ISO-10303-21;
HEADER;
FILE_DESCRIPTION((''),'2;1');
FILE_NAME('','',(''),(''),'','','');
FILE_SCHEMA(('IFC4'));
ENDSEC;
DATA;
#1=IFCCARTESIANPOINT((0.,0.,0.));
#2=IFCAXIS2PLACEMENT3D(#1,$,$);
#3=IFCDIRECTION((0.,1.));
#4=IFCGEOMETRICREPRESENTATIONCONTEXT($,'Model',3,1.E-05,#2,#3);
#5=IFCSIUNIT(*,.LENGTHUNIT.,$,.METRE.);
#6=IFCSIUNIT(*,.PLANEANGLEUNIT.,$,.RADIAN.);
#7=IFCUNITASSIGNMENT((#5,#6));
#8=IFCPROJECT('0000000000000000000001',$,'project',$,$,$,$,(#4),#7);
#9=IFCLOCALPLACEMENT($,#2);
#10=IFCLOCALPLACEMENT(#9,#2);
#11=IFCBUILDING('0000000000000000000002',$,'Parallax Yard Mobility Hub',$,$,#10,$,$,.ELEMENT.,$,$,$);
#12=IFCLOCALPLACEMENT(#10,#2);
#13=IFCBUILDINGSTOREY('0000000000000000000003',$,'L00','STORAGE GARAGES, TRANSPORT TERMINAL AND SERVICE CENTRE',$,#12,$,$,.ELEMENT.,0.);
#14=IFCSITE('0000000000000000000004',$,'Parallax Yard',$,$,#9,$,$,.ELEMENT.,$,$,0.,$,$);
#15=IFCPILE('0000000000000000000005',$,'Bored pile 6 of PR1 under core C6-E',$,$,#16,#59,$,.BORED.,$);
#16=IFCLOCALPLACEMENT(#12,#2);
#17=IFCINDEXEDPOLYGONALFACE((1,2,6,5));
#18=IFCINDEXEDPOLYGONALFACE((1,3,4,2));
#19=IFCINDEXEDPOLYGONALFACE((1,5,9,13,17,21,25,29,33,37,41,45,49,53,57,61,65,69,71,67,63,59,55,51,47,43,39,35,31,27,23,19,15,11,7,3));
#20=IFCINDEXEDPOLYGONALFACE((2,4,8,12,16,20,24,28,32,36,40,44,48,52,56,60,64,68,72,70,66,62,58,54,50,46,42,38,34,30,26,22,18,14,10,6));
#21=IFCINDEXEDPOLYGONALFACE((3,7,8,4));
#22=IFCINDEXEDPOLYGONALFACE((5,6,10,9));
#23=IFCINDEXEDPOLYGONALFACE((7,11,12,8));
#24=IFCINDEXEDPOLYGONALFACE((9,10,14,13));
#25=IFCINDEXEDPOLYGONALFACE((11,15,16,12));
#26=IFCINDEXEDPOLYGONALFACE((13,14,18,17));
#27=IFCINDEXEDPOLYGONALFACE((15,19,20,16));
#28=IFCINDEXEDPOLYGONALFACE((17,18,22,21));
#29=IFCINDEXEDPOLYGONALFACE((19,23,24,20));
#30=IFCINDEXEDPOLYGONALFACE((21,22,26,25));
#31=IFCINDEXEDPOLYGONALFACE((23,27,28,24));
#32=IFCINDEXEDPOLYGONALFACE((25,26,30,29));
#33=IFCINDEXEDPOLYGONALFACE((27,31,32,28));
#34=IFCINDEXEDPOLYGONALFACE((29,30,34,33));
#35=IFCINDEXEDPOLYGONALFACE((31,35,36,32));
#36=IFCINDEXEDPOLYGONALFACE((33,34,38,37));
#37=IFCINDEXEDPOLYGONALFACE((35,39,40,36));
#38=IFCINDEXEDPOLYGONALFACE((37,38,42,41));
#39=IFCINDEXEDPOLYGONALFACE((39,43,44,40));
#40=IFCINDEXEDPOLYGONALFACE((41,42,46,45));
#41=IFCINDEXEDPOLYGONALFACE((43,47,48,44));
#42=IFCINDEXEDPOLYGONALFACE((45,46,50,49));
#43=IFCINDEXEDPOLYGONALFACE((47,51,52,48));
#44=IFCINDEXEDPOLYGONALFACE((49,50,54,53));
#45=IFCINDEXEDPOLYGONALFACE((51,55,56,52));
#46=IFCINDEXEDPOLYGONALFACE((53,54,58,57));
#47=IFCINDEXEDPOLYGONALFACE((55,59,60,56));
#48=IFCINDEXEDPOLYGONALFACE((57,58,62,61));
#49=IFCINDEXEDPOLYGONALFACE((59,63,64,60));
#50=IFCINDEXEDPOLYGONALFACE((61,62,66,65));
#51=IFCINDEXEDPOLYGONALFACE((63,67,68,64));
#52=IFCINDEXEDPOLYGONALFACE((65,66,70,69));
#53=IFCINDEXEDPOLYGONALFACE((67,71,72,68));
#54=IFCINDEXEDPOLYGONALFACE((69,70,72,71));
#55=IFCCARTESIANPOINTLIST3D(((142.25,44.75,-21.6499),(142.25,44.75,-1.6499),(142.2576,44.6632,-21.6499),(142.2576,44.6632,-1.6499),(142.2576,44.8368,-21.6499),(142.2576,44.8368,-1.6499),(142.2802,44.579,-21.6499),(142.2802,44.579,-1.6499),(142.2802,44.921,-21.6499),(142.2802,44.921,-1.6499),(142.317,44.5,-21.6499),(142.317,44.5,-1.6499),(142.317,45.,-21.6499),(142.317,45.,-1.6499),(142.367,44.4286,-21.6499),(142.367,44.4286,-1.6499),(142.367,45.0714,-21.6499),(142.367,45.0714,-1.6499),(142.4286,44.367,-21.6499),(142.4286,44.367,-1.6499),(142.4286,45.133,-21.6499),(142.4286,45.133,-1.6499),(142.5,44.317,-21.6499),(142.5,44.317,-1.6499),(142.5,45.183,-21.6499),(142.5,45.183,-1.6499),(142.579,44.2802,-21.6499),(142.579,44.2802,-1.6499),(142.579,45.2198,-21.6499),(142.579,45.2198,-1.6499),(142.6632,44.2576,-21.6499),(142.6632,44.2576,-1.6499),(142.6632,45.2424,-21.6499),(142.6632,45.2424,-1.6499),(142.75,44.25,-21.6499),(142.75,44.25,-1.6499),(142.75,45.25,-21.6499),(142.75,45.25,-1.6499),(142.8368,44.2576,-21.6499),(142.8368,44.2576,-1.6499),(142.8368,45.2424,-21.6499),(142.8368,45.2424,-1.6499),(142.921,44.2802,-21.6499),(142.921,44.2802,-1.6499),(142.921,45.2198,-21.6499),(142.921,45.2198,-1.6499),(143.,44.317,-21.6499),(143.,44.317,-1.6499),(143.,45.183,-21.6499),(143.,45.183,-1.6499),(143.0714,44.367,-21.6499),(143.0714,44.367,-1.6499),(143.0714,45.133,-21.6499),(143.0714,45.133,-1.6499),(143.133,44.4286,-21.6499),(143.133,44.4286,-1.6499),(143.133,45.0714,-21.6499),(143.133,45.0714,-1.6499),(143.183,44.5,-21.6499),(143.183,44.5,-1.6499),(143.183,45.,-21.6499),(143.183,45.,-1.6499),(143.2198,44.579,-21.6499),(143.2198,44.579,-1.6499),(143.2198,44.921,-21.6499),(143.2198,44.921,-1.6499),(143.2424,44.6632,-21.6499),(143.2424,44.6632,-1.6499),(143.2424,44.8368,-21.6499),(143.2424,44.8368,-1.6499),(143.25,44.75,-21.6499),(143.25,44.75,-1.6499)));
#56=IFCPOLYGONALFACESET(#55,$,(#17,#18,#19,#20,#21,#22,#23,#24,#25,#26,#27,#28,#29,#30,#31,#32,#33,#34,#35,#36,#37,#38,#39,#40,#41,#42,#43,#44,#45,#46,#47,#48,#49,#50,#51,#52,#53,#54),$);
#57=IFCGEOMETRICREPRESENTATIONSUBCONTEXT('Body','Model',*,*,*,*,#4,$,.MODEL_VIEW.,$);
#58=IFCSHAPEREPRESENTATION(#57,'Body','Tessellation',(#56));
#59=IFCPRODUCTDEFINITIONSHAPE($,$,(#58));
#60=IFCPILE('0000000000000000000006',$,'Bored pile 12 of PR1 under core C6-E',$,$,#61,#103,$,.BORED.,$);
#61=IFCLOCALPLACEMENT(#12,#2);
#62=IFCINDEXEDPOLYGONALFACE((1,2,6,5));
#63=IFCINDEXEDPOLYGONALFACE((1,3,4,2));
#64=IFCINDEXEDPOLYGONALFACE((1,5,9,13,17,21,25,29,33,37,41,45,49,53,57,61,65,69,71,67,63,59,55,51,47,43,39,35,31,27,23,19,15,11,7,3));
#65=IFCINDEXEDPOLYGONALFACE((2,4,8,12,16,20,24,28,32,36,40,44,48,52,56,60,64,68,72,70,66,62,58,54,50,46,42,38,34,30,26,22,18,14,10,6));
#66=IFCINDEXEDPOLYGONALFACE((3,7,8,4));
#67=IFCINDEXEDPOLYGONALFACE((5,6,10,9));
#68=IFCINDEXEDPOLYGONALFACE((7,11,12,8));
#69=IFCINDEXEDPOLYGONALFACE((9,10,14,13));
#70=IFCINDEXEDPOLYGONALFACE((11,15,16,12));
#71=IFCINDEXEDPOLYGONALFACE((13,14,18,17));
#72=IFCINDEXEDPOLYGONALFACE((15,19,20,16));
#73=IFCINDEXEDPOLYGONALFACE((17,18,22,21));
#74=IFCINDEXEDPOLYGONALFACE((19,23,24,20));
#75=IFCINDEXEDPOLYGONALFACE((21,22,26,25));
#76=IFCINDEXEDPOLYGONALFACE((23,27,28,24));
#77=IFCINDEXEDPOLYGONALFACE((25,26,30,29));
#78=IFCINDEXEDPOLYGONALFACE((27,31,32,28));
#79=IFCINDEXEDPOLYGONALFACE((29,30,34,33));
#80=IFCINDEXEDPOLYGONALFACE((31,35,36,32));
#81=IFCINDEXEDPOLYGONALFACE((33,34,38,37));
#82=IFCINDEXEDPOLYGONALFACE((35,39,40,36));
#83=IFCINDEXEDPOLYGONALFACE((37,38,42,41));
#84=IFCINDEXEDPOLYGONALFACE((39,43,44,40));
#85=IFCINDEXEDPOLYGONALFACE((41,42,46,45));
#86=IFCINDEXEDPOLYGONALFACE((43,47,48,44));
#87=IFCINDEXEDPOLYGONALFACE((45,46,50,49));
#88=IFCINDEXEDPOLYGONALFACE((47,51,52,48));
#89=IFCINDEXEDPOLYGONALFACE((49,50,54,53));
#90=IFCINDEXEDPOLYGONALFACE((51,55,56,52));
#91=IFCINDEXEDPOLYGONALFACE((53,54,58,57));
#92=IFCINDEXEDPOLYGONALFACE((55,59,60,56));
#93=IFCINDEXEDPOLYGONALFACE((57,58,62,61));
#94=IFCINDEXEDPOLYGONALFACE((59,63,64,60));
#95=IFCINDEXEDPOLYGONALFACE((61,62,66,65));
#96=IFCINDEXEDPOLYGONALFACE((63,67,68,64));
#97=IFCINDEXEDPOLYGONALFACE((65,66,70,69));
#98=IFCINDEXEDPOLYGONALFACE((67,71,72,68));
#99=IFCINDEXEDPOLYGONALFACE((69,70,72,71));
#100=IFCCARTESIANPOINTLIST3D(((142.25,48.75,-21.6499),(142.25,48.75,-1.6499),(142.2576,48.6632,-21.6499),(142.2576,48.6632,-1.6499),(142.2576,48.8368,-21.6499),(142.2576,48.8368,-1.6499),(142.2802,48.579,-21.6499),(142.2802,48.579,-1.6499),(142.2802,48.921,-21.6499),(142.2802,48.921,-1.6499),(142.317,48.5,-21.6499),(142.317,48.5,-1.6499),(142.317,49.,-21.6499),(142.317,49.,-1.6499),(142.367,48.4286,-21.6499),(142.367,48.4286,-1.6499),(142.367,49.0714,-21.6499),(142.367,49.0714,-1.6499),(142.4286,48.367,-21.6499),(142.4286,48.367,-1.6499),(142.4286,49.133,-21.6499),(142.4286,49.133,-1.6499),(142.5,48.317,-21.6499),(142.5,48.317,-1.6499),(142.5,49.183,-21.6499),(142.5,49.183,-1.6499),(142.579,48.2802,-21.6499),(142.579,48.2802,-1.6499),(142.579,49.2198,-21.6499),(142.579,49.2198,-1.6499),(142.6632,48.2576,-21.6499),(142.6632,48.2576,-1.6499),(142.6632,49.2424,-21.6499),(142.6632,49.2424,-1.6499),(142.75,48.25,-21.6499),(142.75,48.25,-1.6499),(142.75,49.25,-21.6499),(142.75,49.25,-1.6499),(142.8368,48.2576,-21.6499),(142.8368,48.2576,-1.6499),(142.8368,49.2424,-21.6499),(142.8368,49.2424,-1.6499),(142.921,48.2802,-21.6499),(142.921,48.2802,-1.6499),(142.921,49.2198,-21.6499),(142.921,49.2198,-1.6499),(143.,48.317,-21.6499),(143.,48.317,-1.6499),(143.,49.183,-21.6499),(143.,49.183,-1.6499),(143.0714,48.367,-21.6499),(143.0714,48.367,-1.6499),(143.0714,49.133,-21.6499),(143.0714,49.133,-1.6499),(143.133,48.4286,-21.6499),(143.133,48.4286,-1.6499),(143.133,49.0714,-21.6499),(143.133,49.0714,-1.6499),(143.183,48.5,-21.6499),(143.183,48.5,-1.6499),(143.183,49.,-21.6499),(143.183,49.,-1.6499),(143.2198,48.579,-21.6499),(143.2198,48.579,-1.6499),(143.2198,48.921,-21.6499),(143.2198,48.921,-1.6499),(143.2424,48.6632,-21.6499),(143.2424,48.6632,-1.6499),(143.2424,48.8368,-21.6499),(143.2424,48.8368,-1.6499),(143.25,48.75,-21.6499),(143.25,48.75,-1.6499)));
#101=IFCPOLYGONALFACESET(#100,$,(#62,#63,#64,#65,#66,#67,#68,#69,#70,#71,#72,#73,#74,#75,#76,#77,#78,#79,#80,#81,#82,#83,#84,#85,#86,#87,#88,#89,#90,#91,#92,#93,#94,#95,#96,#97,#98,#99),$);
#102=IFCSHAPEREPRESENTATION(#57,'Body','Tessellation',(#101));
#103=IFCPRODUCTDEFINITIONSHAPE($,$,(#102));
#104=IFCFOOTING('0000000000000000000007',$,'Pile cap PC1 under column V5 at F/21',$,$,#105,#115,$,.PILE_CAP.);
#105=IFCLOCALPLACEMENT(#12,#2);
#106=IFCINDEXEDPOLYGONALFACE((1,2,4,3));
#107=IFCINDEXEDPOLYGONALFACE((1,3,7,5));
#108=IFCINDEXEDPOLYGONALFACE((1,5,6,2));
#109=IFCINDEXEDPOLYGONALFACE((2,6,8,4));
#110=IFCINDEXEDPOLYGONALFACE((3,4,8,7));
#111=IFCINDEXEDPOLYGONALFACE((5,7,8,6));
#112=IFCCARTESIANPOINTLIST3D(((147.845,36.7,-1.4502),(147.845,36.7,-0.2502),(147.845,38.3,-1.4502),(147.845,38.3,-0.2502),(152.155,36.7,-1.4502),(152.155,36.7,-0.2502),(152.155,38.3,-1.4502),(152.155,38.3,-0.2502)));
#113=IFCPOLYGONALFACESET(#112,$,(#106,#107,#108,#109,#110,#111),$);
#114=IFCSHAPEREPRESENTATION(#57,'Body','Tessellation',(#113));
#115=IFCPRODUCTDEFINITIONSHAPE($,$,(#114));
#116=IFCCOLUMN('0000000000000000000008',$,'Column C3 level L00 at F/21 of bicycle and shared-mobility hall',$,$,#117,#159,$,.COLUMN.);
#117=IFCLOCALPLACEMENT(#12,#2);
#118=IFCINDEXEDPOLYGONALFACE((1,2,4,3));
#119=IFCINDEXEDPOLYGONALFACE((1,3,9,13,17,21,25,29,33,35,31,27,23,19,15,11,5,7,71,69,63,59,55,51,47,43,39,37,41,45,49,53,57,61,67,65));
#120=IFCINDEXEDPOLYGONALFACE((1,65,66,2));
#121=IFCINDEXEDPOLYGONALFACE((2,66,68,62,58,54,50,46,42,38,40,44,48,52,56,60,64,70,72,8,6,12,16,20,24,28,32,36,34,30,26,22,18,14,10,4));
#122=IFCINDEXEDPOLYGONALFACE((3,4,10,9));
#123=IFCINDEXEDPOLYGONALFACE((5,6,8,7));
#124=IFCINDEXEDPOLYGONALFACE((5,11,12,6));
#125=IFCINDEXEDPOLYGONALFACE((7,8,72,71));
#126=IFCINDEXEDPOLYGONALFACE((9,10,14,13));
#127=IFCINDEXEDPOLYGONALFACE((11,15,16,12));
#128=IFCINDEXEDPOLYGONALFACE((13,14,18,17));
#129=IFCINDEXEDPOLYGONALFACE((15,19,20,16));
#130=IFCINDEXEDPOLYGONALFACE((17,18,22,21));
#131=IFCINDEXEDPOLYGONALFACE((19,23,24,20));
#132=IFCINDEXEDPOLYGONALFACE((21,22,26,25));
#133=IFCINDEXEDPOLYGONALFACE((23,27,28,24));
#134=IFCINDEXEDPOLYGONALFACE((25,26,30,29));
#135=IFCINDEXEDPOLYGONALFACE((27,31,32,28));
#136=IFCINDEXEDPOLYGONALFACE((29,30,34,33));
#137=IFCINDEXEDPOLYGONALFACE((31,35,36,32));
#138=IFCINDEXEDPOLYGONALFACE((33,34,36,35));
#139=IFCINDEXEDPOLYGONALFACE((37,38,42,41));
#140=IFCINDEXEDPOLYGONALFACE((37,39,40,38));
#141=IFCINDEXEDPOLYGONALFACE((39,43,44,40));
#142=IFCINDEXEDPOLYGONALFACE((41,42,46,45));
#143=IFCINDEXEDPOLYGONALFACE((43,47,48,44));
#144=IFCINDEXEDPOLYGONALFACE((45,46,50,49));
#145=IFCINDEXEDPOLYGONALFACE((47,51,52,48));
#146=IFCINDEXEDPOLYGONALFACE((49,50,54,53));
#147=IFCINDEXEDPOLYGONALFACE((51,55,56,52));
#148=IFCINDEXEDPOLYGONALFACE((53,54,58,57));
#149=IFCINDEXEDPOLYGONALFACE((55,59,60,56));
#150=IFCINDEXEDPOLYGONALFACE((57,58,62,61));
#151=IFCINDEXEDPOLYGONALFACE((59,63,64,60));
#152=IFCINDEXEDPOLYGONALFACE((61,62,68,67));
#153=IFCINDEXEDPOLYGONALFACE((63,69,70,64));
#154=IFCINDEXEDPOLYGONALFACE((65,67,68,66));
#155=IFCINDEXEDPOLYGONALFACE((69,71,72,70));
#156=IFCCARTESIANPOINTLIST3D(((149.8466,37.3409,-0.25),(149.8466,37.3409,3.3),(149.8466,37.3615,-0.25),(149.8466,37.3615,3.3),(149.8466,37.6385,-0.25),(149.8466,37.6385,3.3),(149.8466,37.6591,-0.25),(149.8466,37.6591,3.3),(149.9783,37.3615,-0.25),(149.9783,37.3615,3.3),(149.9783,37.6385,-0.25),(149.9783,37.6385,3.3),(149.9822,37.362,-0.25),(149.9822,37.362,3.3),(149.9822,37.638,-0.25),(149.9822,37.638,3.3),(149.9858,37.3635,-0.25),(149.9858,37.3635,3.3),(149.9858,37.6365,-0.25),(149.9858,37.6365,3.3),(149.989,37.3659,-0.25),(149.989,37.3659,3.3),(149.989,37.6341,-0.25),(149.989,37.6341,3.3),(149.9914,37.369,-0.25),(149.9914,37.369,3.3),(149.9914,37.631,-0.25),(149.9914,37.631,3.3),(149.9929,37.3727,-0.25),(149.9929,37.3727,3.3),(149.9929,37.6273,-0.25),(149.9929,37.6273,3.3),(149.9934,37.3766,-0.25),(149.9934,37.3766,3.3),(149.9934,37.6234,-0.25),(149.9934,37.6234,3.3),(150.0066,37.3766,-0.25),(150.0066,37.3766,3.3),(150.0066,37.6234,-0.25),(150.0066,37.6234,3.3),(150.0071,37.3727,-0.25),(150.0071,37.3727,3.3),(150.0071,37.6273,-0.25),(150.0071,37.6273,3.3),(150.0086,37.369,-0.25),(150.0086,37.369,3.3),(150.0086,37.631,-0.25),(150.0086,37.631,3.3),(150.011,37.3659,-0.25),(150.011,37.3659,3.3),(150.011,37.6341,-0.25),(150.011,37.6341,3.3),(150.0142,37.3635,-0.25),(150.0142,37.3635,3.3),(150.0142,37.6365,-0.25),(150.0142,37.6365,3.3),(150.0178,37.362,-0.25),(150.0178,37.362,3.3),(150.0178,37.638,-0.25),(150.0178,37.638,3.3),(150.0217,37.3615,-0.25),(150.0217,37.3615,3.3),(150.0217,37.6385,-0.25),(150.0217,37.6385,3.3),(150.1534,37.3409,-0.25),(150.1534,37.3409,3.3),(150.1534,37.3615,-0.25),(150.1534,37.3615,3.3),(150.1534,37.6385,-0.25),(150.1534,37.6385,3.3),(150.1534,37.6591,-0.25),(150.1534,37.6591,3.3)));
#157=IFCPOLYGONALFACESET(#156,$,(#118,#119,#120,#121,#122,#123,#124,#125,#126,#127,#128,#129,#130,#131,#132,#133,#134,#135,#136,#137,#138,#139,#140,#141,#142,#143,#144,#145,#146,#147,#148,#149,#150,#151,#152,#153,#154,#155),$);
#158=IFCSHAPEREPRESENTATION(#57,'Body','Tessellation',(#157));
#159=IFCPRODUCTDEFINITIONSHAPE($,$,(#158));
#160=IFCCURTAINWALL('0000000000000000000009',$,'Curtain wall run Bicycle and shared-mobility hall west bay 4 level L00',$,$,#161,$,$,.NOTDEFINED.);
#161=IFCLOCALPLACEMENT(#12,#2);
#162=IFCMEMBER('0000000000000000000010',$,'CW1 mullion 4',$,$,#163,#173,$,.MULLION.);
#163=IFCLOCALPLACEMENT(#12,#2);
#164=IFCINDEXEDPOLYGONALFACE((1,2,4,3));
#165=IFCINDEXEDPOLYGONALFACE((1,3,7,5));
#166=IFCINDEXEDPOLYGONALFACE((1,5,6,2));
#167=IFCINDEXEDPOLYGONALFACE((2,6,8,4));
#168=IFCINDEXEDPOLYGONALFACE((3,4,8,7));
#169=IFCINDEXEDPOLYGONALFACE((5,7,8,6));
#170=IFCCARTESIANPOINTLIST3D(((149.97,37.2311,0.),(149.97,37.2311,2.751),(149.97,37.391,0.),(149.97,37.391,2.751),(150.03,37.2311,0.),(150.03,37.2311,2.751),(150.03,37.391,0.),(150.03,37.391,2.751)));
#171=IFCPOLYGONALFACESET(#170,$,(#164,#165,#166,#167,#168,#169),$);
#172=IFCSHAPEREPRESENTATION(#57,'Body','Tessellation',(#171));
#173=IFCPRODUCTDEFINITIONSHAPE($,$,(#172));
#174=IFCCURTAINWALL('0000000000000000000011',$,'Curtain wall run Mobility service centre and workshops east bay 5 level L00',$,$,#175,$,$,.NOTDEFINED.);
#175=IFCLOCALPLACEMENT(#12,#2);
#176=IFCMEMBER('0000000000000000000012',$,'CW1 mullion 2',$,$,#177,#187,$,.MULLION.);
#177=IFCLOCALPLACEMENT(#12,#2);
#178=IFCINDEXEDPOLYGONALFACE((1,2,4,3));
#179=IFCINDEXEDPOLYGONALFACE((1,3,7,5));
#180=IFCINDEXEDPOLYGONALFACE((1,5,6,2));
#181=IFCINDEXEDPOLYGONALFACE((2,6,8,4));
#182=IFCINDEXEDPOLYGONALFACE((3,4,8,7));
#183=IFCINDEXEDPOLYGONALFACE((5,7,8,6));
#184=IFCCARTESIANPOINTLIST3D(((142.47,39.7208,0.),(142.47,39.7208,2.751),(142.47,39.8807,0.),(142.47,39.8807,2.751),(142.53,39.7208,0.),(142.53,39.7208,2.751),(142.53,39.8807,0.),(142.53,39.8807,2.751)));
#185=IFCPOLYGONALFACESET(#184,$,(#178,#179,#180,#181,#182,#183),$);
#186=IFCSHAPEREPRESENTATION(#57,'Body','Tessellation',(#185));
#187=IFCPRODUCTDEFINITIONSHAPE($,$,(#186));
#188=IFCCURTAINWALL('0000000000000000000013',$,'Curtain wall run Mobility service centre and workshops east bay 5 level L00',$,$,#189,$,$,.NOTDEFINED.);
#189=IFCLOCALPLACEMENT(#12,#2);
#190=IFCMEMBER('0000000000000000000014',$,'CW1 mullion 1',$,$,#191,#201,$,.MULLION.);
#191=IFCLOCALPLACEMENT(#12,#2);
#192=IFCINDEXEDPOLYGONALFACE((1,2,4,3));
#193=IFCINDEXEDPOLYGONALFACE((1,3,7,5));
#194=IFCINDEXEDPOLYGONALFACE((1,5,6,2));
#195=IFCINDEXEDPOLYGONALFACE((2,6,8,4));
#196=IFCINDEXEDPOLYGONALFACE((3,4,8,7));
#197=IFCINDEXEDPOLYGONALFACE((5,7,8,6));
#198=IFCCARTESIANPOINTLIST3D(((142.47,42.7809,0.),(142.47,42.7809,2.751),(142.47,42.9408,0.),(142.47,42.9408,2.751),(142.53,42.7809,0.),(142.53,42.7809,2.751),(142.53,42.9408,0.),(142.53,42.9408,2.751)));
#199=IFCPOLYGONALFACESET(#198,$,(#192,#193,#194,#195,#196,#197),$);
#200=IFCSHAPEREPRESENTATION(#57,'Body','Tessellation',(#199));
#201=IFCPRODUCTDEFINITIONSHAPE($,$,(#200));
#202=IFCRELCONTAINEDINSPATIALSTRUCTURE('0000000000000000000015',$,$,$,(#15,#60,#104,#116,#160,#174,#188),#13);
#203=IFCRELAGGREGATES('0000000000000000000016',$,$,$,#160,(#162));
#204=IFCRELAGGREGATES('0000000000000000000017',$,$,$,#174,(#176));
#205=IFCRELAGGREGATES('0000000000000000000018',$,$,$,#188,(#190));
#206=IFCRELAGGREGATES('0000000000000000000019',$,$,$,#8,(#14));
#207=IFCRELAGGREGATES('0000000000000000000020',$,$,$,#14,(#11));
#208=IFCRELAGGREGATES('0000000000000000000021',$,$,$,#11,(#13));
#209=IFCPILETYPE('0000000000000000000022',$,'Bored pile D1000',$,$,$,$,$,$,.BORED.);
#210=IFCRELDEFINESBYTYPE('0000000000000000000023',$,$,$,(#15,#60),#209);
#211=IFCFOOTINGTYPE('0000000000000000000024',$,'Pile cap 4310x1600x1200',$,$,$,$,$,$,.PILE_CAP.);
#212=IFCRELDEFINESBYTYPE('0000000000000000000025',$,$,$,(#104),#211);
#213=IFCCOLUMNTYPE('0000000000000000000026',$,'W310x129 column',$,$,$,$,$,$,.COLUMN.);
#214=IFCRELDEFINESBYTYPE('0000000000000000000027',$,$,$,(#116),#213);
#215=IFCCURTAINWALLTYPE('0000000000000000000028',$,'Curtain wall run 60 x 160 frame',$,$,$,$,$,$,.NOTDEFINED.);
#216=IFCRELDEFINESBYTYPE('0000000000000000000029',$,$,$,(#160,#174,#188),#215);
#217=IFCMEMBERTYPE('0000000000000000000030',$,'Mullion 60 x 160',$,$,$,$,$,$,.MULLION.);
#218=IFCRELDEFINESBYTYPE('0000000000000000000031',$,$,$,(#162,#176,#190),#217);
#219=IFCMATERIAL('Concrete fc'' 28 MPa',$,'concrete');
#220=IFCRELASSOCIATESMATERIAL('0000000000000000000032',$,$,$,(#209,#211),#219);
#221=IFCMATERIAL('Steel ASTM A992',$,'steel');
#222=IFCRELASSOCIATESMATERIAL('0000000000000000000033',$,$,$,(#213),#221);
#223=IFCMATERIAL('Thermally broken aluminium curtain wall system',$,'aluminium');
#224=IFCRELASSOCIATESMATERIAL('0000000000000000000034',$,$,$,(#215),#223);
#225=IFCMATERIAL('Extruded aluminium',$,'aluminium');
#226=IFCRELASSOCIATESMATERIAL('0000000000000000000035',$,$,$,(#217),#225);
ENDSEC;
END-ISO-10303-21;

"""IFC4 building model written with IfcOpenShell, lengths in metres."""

from ifc_helpers import new_model, si_unit, direction, frame, origin, origin_2d, place, context, subcontext, project, spatial, rectangle, circle, i_section, extrude, material, material_profile, profile_set, type_object, element, aggregate, save


model = new_model("IFC4")

# Units and contexts
model_context = context("Model", 3, precision=1e-05, world=origin(), true_north=direction((0.0, 1.0)))
body_context = subcontext(model_context, "Body", "Model", "MODEL_VIEW")
ifc_project = project(units=[si_unit("LENGTHUNIT", "METRE"), si_unit("PLANEANGLEUNIT", "RADIAN")], contexts=[model_context])

# Site, building, storey
site_placement = place(None, origin())
site = spatial("IfcSite", under=ifc_project, at=site_placement, Name="Parallax Yard", CompositionType="ELEMENT", RefElevation=0.0)
building_placement = place(site_placement, origin())
building = spatial("IfcBuilding", under=site, at=building_placement, Name="Parallax Yard Mobility Hub", CompositionType="ELEMENT")
storey_placement = place(building_placement, origin())
storey = spatial("IfcBuildingStorey", under=building, at=storey_placement, Name="L00", Description="STORAGE GARAGES, TRANSPORT TERMINAL AND SERVICE CENTRE", CompositionType="ELEMENT", Elevation=0.0)

# Piles
ifc_material_1 = material(Name="Concrete fc' 28 MPa", Category="concrete")
ifc_material_profile_1 = material_profile(ifc_material_1, circle(Radius=0.5, at=origin_2d()), Name="Bored pile D1000")
ifc_profile_set_1 = profile_set([ifc_material_profile_1], Name="Concrete fc' 28 MPa")
pile_type = type_object("IfcPileType", Name="Bored pile D1000", PredefinedType="BORED", material=ifc_profile_set_1)
for number, where, z_axis, x_axis, name in (
    (1, (142.75, 44.75, -1.6499), (0.0, 0.0, -1.0), (1.0, 0.0, 0.0), "Bored pile 6 of PR1 under core C6-E"),
    (2, (142.75, 48.75, -1.6499), (0.0, 0.0, -1.0), (1.0, 0.0, 0.0), "Bored pile 12 of PR1 under core C6-E"),
):
    element("IfcPile", number, at=place(storey_placement, frame(where, z_axis=z_axis, x_axis=x_axis)), inside=storey, type_object=pile_type, Name=name, PredefinedType="BORED", context=body_context, shape_type="SweptSolid", body=[
        extrude(circle(Radius=0.5, at=origin_2d()), origin(), (0.0, 0.0, 1.0), 20.0),
    ])

# Footing
footing_type = type_object("IfcFootingType", Name="Pile cap 4310x1600x1200", PredefinedType="PILE_CAP", material=ifc_material_1)
footing_placement = place(storey_placement, frame((150.0, 37.5, -1.4502), z_axis=(0.0, 0.0, 1.0), x_axis=(1.0, 0.0, 0.0)))
element("IfcFooting", 3, at=footing_placement, inside=storey, type_object=footing_type, Name="Pile cap PC1 under column V5 at F/21", PredefinedType="PILE_CAP", context=body_context, shape_type="SweptSolid", body=[
    extrude(rectangle(XDim=4.3101, YDim=1.6001, at=origin_2d()), origin(), (0.0, 0.0, 1.0), 1.2),
])

# Column
ifc_material_2 = material(Name="Steel ASTM A992", Category="steel")
ifc_material_profile_2 = material_profile(ifc_material_2, i_section(OverallWidth=0.3069, OverallDepth=0.3181, WebThickness=0.0132, FlangeThickness=0.0205, FilletRadius=0.0151, at=origin_2d()), Name="W310x129")
ifc_profile_set_2 = profile_set([ifc_material_profile_2], Name="Steel ASTM A992")
column_type = type_object("IfcColumnType", Name="W310x129 column", PredefinedType="COLUMN", material=ifc_profile_set_2)
column_placement = place(storey_placement, frame((150.0, 37.5, -0.25), z_axis=(0.0, 0.0, 1.0), x_axis=(1.0, 0.0, 0.0)))
element("IfcColumn", 4, at=column_placement, inside=storey, type_object=column_type, Name="Column C3 level L00 at F/21 of bicycle and shared-mobility hall", PredefinedType="COLUMN", context=body_context, shape_type="SweptSolid", body=[
    extrude(i_section(OverallWidth=0.3069, OverallDepth=0.3181, WebThickness=0.0132, FlangeThickness=0.0205, FilletRadius=0.0151, at=origin_2d()), origin(), (0.0, 0.0, 1.0), 3.55),
])

# Curtain walls, members
ifc_material_3 = material(Name="Thermally broken aluminium curtain wall system", Category="aluminium")
curtain_wall_type = type_object("IfcCurtainWallType", Name="Curtain wall run 60 x 160 frame", PredefinedType="NOTDEFINED", material=ifc_material_3)
curtain_wall_1_placement = place(storey_placement, origin())
curtain_wall_1 = element("IfcCurtainWall", 5, at=curtain_wall_1_placement, inside=storey, type_object=curtain_wall_type, Name="Curtain wall run Bicycle and shared-mobility hall west bay 4 level L00", PredefinedType="NOTDEFINED")
ifc_material_4 = material(Name="Extruded aluminium", Category="aluminium")
ifc_material_profile_3 = material_profile(ifc_material_4, rectangle(XDim=0.0601, YDim=0.1599, at=origin_2d()), Name="Mullion 60 x 160")
ifc_profile_set_3 = profile_set([ifc_material_profile_3], Name="Extruded aluminium")
member_type_1 = type_object("IfcMemberType", Name="Mullion 60 x 160", PredefinedType="MULLION", material=ifc_profile_set_3)
member_1_placement = place(storey_placement, frame((150.0, 37.311, 0.0), z_axis=(0.0, 0.0, 1.0), x_axis=(-1.0, 0.0, 0.0)))
member_1 = element("IfcMember", 6, at=member_1_placement, type_object=member_type_1, Name="CW1 mullion 4", PredefinedType="MULLION", context=body_context, shape_type="SweptSolid", body=[
    extrude(rectangle(XDim=0.0601, YDim=0.1599, at=origin_2d()), origin(), (0.0, 0.0, 1.0), 2.751),
])
aggregate(curtain_wall_1, [member_1])
curtain_wall_2_placement = place(storey_placement, origin())
curtain_wall_2 = element("IfcCurtainWall", 7, at=curtain_wall_2_placement, inside=storey, type_object=curtain_wall_type, Name="Curtain wall run Mobility service centre and workshops east bay 5 level L00", PredefinedType="NOTDEFINED")
member_2_placement = place(storey_placement, frame((142.5, 39.8008, 0.0), z_axis=(0.0, 0.0, 1.0), x_axis=(-1.0, 0.0, 0.0)))
member_2 = element("IfcMember", 8, at=member_2_placement, type_object=member_type_1, Name="CW1 mullion 2", PredefinedType="MULLION", context=body_context, shape_type="SweptSolid", body=[
    extrude(rectangle(XDim=0.0601, YDim=0.1599, at=origin_2d()), origin(), (0.0, 0.0, 1.0), 2.751),
])

# Curtain wall, member
curtain_wall_3_placement = place(storey_placement, origin())
curtain_wall_3 = element("IfcCurtainWall", 9, at=curtain_wall_3_placement, inside=storey, type_object=curtain_wall_type, Name="Curtain wall run Mobility service centre and workshops east bay 5 level L00", PredefinedType="NOTDEFINED")
member_3_placement = place(storey_placement, frame((142.5, 42.8608, 0.0), z_axis=(0.0, 0.0, 1.0), x_axis=(-1.0, 0.0, 0.0)))
member_3 = element("IfcMember", 10, at=member_3_placement, type_object=member_type_1, Name="CW1 mullion 1", PredefinedType="MULLION", context=body_context, shape_type="SweptSolid", body=[
    extrude(rectangle(XDim=0.0601, YDim=0.1599, at=origin_2d()), origin(), (0.0, 0.0, 1.0), 2.751),
])

aggregate(curtain_wall_2, [member_2])
aggregate(curtain_wall_3, [member_3])

save(model, "model.ifc")
